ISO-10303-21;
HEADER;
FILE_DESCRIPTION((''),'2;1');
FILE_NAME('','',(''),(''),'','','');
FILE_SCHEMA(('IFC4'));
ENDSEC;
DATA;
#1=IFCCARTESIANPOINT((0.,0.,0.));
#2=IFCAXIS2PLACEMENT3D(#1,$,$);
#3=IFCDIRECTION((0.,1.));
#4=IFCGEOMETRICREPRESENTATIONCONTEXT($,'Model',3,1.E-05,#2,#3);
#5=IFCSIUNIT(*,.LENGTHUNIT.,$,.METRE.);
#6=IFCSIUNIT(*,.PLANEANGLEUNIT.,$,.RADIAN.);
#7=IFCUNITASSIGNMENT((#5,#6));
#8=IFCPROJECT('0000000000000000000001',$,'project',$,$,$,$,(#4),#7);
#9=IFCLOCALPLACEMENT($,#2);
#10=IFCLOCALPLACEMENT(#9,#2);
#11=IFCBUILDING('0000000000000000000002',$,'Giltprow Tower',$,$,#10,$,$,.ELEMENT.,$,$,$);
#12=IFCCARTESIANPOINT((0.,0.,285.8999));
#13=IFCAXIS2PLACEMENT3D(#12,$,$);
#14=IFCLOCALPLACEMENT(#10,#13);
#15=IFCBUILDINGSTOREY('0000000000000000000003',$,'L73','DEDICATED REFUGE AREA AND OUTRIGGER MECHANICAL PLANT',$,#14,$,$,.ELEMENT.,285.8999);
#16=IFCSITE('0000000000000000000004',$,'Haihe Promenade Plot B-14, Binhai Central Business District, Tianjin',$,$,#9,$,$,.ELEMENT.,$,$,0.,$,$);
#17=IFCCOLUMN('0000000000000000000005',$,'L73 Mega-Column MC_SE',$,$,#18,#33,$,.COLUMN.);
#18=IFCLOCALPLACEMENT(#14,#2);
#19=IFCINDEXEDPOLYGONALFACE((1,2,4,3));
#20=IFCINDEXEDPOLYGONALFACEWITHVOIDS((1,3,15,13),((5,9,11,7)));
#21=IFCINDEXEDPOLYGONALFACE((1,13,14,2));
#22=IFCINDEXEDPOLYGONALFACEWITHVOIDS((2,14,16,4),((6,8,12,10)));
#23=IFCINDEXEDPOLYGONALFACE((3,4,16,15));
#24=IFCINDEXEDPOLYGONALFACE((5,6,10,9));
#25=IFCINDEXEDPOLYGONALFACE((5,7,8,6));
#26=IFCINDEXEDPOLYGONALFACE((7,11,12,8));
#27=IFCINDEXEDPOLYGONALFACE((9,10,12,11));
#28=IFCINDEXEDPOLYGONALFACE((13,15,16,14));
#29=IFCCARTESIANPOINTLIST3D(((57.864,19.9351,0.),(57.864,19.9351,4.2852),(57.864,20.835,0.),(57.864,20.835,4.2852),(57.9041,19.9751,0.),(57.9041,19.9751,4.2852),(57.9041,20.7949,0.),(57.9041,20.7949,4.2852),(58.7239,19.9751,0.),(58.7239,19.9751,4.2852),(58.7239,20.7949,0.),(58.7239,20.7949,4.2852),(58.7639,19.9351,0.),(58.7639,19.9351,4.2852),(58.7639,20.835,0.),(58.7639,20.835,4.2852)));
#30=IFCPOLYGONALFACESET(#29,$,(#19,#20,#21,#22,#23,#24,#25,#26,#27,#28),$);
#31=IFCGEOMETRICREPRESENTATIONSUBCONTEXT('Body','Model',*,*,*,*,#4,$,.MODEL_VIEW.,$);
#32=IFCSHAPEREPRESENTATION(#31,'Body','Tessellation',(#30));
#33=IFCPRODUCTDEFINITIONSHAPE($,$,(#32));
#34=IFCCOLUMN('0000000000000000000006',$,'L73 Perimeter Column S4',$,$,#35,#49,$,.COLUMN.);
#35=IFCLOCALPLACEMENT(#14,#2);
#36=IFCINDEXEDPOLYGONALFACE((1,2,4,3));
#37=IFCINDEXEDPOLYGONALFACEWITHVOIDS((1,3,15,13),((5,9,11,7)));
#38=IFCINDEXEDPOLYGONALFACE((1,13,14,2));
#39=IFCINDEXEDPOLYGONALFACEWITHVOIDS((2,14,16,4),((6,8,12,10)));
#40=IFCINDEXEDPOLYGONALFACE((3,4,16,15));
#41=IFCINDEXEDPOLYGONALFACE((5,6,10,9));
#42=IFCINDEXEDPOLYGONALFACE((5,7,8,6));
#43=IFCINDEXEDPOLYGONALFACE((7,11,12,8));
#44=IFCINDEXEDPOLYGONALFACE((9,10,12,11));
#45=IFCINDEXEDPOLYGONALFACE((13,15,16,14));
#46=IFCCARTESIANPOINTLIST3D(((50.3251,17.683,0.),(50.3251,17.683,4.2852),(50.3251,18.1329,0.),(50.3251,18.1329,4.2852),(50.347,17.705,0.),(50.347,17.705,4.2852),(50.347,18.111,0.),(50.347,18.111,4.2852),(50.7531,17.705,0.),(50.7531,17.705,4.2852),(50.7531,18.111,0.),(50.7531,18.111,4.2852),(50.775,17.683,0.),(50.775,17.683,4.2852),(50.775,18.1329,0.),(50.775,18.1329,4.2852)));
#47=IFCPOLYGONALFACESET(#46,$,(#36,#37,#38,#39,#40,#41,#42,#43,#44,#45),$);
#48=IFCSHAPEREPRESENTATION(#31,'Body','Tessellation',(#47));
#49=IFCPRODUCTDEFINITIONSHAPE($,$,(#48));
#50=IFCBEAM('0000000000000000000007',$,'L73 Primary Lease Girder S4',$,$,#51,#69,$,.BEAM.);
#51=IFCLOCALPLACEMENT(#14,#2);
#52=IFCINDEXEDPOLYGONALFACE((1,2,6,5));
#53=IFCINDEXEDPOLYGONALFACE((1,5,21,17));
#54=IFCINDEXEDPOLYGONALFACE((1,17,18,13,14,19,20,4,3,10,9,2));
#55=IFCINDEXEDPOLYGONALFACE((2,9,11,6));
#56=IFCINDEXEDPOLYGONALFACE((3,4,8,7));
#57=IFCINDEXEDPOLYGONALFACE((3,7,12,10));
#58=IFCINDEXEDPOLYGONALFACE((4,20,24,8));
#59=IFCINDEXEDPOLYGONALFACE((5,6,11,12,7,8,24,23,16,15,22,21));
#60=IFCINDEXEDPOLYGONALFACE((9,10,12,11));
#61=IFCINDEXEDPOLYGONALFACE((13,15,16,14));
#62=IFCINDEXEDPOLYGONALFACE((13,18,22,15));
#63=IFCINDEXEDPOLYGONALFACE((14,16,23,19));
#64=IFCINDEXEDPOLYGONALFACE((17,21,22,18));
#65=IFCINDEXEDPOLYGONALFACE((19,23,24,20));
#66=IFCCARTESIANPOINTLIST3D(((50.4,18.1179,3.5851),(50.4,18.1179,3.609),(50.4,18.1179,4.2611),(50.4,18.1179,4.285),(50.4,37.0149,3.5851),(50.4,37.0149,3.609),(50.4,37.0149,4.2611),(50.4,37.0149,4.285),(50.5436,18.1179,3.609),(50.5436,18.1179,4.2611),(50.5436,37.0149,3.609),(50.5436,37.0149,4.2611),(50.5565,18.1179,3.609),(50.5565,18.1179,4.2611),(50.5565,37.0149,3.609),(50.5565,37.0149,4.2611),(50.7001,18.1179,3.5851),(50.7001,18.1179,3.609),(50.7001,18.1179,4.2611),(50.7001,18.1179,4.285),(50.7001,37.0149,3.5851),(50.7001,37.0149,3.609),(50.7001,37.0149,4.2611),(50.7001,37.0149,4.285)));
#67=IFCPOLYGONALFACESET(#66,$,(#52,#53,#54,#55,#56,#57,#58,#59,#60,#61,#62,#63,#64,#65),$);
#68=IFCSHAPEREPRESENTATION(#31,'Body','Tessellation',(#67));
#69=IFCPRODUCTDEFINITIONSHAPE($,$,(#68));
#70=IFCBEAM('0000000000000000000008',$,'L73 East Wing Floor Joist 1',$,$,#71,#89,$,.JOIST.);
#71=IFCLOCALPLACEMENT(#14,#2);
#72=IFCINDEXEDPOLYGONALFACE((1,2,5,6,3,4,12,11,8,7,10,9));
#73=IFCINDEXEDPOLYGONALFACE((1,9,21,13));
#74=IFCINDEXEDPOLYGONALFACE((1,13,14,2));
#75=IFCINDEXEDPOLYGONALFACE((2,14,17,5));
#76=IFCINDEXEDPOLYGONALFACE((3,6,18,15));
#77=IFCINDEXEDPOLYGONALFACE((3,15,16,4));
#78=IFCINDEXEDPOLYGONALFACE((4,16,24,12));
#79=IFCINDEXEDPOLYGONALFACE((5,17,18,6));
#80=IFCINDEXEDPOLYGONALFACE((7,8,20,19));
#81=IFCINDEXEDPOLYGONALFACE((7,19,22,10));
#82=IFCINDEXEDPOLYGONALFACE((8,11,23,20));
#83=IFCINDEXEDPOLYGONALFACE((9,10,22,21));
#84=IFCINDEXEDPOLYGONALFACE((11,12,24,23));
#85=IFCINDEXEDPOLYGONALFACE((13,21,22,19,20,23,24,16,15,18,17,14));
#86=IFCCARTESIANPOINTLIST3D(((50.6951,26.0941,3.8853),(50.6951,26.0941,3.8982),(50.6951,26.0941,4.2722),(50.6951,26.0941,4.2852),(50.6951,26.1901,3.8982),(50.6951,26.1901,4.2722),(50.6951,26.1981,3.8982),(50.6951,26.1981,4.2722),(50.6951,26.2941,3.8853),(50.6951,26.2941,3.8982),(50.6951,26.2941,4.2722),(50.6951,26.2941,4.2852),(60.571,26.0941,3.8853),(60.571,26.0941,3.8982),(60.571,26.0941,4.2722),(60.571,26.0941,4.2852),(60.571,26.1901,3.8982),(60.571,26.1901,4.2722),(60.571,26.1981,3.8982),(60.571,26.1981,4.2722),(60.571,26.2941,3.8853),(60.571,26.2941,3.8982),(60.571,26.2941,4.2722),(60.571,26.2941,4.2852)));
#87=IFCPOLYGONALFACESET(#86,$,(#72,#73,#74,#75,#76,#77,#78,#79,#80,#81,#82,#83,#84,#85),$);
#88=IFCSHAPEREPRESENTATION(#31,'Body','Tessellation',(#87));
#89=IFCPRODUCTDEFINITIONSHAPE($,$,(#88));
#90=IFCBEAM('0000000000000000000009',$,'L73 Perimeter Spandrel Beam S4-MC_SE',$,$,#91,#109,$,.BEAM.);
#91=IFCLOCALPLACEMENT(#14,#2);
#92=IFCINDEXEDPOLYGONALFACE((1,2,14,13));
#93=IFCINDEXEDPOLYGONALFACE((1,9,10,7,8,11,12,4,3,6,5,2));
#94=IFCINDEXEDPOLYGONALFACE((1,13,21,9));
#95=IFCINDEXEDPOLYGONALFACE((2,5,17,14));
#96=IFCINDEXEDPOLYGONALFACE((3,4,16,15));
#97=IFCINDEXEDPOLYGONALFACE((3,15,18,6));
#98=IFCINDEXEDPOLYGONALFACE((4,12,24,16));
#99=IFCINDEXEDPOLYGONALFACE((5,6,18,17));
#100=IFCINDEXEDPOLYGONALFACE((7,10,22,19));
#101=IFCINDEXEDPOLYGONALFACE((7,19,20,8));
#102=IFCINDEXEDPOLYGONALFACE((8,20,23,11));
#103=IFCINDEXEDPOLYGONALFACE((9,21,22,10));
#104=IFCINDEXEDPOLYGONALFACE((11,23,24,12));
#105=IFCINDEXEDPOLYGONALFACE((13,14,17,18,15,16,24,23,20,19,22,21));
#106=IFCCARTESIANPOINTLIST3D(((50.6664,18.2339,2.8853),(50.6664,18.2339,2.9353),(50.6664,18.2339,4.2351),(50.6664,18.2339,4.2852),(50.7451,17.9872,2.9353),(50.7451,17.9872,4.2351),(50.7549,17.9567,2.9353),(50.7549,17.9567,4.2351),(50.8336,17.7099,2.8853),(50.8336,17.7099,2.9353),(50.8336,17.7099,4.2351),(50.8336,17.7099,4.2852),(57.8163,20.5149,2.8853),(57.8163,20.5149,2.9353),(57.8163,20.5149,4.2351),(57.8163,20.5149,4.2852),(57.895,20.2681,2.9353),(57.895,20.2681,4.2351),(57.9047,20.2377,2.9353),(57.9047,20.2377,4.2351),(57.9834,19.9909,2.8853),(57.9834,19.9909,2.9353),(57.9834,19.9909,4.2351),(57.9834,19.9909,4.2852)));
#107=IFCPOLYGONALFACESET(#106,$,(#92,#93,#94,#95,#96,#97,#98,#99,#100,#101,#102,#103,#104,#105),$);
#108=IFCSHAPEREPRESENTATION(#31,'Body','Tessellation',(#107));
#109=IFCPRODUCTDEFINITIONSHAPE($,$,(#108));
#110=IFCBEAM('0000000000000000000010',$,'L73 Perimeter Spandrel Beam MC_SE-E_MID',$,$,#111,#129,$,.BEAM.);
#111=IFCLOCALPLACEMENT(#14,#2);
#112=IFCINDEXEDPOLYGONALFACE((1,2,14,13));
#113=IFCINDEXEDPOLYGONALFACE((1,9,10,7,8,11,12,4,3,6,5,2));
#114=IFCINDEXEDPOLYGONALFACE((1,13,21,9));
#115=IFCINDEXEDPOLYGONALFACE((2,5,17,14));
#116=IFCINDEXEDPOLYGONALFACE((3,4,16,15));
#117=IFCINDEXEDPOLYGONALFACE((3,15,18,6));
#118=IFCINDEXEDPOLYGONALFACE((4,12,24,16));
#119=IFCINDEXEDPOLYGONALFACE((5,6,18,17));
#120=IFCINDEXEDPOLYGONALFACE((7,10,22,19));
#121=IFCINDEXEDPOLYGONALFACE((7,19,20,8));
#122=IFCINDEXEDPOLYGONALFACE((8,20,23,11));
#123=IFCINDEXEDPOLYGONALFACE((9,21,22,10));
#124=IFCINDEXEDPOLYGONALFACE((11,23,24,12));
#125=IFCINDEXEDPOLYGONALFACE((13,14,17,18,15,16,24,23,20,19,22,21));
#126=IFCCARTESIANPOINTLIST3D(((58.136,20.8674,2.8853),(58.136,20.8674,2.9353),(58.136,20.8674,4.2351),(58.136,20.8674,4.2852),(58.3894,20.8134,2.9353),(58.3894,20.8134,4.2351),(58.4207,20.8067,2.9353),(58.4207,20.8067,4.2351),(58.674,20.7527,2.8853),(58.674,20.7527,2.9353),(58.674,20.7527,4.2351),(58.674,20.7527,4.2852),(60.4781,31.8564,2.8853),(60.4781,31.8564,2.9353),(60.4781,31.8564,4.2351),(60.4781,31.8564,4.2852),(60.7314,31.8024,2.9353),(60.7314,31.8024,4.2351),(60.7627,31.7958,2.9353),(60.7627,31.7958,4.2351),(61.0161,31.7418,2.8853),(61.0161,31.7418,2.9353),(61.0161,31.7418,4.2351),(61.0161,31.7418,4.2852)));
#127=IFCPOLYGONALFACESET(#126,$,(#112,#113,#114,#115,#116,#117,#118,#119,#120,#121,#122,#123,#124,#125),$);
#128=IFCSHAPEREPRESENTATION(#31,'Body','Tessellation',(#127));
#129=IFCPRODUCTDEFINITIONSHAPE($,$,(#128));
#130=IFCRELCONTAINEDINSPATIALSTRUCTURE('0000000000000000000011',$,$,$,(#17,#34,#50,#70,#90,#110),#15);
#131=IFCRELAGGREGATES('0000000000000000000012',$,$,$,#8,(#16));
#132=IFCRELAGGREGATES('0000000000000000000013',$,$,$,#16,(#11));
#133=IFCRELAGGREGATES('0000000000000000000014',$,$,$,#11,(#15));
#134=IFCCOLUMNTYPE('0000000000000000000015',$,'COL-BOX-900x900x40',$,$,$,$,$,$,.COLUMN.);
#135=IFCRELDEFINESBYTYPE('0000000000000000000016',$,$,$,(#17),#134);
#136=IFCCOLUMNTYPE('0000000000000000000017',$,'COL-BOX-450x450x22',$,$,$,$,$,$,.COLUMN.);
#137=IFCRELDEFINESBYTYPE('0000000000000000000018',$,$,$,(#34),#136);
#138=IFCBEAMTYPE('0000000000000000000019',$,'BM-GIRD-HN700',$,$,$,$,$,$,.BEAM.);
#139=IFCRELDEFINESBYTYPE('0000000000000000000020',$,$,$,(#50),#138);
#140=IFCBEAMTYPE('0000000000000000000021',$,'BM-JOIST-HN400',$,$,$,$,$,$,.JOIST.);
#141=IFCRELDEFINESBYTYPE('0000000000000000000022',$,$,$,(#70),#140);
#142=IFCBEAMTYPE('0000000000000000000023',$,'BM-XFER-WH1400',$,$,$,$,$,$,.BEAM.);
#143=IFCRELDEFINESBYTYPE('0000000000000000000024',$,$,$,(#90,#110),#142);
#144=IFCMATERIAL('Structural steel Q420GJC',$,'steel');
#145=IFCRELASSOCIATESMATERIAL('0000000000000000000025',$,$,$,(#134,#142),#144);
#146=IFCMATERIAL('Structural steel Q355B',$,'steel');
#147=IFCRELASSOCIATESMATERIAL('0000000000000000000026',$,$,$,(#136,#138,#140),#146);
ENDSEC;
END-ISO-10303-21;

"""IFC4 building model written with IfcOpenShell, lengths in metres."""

from ifc_helpers import new_model, si_unit, direction, frame, origin, origin_2d, place, context, subcontext, project, spatial, hollow_rectangle, i_section, extrude, source, transform, mapped, material, material_profile, profile_set, type_object, element, save


model = new_model("IFC4")

# Units and contexts
model_context = context("Model", 3, precision=1e-05, world=origin(), true_north=direction((0.0, 1.0)))
body_context = subcontext(model_context, "Body", "Model", "MODEL_VIEW")
ifc_project = project(units=[si_unit("LENGTHUNIT", "METRE"), si_unit("PLANEANGLEUNIT", "RADIAN")], contexts=[model_context])

# Site, building, storey
site_placement = place(None, origin())
site = spatial("IfcSite", under=ifc_project, at=site_placement, Name="Haihe Promenade Plot B-14, Binhai Central Business District, Tianjin", CompositionType="ELEMENT", RefElevation=0.0)
building_placement = place(site_placement, origin())
building = spatial("IfcBuilding", under=site, at=building_placement, Name="Giltprow Tower", CompositionType="ELEMENT")
storey_placement = place(building_placement, frame((0.0, 0.0, 285.8999)))
storey = spatial("IfcBuildingStorey", under=building, at=storey_placement, Name="L73", Description="DEDICATED REFUGE AREA AND OUTRIGGER MECHANICAL PLANT", CompositionType="ELEMENT", Elevation=285.8999)

# Columns
ifc_material_1 = material(Name="Structural steel Q420GJC", Category="steel")
ifc_material_profile_1 = material_profile(ifc_material_1, hollow_rectangle(XDim=0.8999, YDim=0.8999, WallThickness=0.04, at=origin_2d()), Name="BOX 900x900x40")
ifc_profile_set_1 = profile_set([ifc_material_profile_1], Name="Structural steel Q420GJC")
column_type_1 = type_object("IfcColumnType", Name="COL-BOX-900x900x40", PredefinedType="COLUMN", material=ifc_profile_set_1)
shared_shape_1 = source(origin(), body_context, "Body", "SweptSolid", [
    extrude(hollow_rectangle(XDim=0.8999, YDim=0.8999, WallThickness=0.04, at=origin_2d()), origin(), (0.0, 0.0, 1.0), 4.2852),
])
column_1_placement = place(storey_placement, frame((58.314, 20.385, 0.0), z_axis=(0.0, 0.0, 1.0), x_axis=(1.0, 0.0, 0.0)))
element("IfcColumn", 1, at=column_1_placement, inside=storey, type_object=column_type_1, Name="L73 Mega-Column MC_SE", PredefinedType="COLUMN", context=body_context, shape_type="MappedRepresentation", body=[
    mapped(shared_shape_1, transform((0.0, 0.0, 0.0), x_axis=(1.0, 0.0, 0.0), y_axis=(0.0, 1.0, 0.0), z_axis=(0.0, 0.0, 1.0), scale=1.0)),
])
ifc_material_2 = material(Name="Structural steel Q355B", Category="steel")
ifc_material_profile_2 = material_profile(ifc_material_2, hollow_rectangle(XDim=0.45, YDim=0.45, WallThickness=0.022, at=origin_2d()), Name="BOX 450x450x22")
ifc_profile_set_2 = profile_set([ifc_material_profile_2], Name="Structural steel Q355B")
column_type_2 = type_object("IfcColumnType", Name="COL-BOX-450x450x22", PredefinedType="COLUMN", material=ifc_profile_set_2)
shared_shape_2 = source(origin(), body_context, "Body", "SweptSolid", [
    extrude(hollow_rectangle(XDim=0.45, YDim=0.45, WallThickness=0.022, at=origin_2d()), origin(), (0.0, 0.0, 1.0), 4.2852),
])
column_2_placement = place(storey_placement, frame((50.55, 17.908, 0.0), z_axis=(0.0, 0.0, 1.0), x_axis=(1.0, 0.0, 0.0)))
element("IfcColumn", 2, at=column_2_placement, inside=storey, type_object=column_type_2, Name="L73 Perimeter Column S4", PredefinedType="COLUMN", context=body_context, shape_type="MappedRepresentation", body=[
    mapped(shared_shape_2, transform((0.0, 0.0, 0.0), x_axis=(1.0, 0.0, 0.0), y_axis=(0.0, 1.0, 0.0), z_axis=(0.0, 0.0, 1.0), scale=1.0)),
])

# Beams
ifc_material_profile_3 = material_profile(ifc_material_2, i_section(OverallWidth=0.3, OverallDepth=0.7, WebThickness=0.0129, FlangeThickness=0.0239, at=origin_2d()), Name="HN 700x300x13x24")
ifc_profile_set_3 = profile_set([ifc_material_profile_3], Name="Structural steel Q355B")
beam_type_1 = type_object("IfcBeamType", Name="BM-GIRD-HN700", PredefinedType="BEAM", material=ifc_profile_set_3)
shared_shape_3 = source(origin(), body_context, "Body", "SweptSolid", [
    extrude(i_section(OverallWidth=0.3, OverallDepth=0.7, WebThickness=0.0129, FlangeThickness=0.0239, at=origin_2d()), origin(), (0.0, 0.0, 1.0), 18.897),
])
beam_1_placement = place(storey_placement, frame((50.55, 18.1179, 3.9351), z_axis=(0.0, 1.0, 0.0), x_axis=(-1.0, 0.0, 0.0)))
element("IfcBeam", 3, at=beam_1_placement, inside=storey, type_object=beam_type_1, Name="L73 Primary Lease Girder S4", PredefinedType="BEAM", context=body_context, shape_type="MappedRepresentation", body=[
    mapped(shared_shape_3, transform((0.0, 0.0, 0.0), x_axis=(1.0, 0.0, 0.0), y_axis=(0.0, 1.0, 0.0), z_axis=(0.0, 0.0, 1.0), scale=1.0)),
])
ifc_material_profile_4 = material_profile(ifc_material_2, i_section(OverallWidth=0.2, OverallDepth=0.3999, WebThickness=0.0081, FlangeThickness=0.0129, at=origin_2d()), Name="HN 400x200x8x13")
ifc_profile_set_4 = profile_set([ifc_material_profile_4], Name="Structural steel Q355B")
beam_type_2 = type_object("IfcBeamType", Name="BM-JOIST-HN400", PredefinedType="JOIST", material=ifc_profile_set_4)
shared_shape_4 = source(origin(), body_context, "Body", "SweptSolid", [
    extrude(i_section(OverallWidth=0.2, OverallDepth=0.3999, WebThickness=0.0081, FlangeThickness=0.0129, at=origin_2d()), origin(), (0.0, 0.0, 1.0), 9.876),
])
beam_2_placement = place(storey_placement, frame((50.6951, 26.1941, 4.0852), z_axis=(1.0, 0.0, 0.0), x_axis=(0.0, 1.0, 0.0)))
element("IfcBeam", 4, at=beam_2_placement, inside=storey, type_object=beam_type_2, Name="L73 East Wing Floor Joist 1", PredefinedType="JOIST", context=body_context, shape_type="MappedRepresentation", body=[
    mapped(shared_shape_4, transform((0.0, 0.0, 0.0), x_axis=(1.0, 0.0, 0.0), y_axis=(0.0, 1.0, 0.0), z_axis=(0.0, 0.0, 1.0), scale=1.0)),
])
ifc_material_profile_5 = material_profile(ifc_material_1, i_section(OverallWidth=0.55, OverallDepth=1.3999, WebThickness=0.032, FlangeThickness=0.05, at=origin_2d()), Name="WH 1400x550x32x50")
ifc_profile_set_5 = profile_set([ifc_material_profile_5], Name="Structural steel Q420GJC")
beam_type_3 = type_object("IfcBeamType", Name="BM-XFER-WH1400", PredefinedType="BEAM", material=ifc_profile_set_5)
shared_shape_5 = source(origin(), body_context, "Body", "SweptSolid", [
    extrude(i_section(OverallWidth=0.55, OverallDepth=1.3999, WebThickness=0.032, FlangeThickness=0.05, at=origin_2d()), origin(), (0.0, 0.0, 1.0), 7.5049),
])
beam_3_placement = place(storey_placement, frame((50.75, 17.9719, 3.5852), z_axis=(0.952693, 0.303934, 0.0), x_axis=(-0.303934, 0.952693, 0.0)))
element("IfcBeam", 5, at=beam_3_placement, inside=storey, type_object=beam_type_3, Name="L73 Perimeter Spandrel Beam S4-MC_SE", PredefinedType="BEAM", context=body_context, shape_type="MappedRepresentation", body=[
    mapped(shared_shape_5, transform((0.0, 0.0, 0.0), x_axis=(1.0, 0.0, 0.0), y_axis=(0.0, 1.0, 0.0), z_axis=(0.0, 0.0, 1.0), scale=1.0)),
])
shared_shape_6 = source(origin(), body_context, "Body", "SweptSolid", [
    extrude(i_section(OverallWidth=0.55, OverallDepth=1.3999, WebThickness=0.032, FlangeThickness=0.05, at=origin_2d()), origin(), (0.0, 0.0, 1.0), 11.2358),
])
beam_4_placement = place(storey_placement, frame((58.405, 20.8101, 3.5852), z_axis=(0.208444, 0.978034, 0.0), x_axis=(-0.978034, 0.208444, 0.0)))
element("IfcBeam", 6, at=beam_4_placement, inside=storey, type_object=beam_type_3, Name="L73 Perimeter Spandrel Beam MC_SE-E_MID", PredefinedType="BEAM", context=body_context, shape_type="MappedRepresentation", body=[
    mapped(shared_shape_6, transform((0.0, 0.0, 0.0), x_axis=(1.0, 0.0, 0.0), y_axis=(0.0, 1.0, 0.0), z_axis=(0.0, 0.0, 1.0), scale=1.0)),
])

save(model, "model.ifc")
